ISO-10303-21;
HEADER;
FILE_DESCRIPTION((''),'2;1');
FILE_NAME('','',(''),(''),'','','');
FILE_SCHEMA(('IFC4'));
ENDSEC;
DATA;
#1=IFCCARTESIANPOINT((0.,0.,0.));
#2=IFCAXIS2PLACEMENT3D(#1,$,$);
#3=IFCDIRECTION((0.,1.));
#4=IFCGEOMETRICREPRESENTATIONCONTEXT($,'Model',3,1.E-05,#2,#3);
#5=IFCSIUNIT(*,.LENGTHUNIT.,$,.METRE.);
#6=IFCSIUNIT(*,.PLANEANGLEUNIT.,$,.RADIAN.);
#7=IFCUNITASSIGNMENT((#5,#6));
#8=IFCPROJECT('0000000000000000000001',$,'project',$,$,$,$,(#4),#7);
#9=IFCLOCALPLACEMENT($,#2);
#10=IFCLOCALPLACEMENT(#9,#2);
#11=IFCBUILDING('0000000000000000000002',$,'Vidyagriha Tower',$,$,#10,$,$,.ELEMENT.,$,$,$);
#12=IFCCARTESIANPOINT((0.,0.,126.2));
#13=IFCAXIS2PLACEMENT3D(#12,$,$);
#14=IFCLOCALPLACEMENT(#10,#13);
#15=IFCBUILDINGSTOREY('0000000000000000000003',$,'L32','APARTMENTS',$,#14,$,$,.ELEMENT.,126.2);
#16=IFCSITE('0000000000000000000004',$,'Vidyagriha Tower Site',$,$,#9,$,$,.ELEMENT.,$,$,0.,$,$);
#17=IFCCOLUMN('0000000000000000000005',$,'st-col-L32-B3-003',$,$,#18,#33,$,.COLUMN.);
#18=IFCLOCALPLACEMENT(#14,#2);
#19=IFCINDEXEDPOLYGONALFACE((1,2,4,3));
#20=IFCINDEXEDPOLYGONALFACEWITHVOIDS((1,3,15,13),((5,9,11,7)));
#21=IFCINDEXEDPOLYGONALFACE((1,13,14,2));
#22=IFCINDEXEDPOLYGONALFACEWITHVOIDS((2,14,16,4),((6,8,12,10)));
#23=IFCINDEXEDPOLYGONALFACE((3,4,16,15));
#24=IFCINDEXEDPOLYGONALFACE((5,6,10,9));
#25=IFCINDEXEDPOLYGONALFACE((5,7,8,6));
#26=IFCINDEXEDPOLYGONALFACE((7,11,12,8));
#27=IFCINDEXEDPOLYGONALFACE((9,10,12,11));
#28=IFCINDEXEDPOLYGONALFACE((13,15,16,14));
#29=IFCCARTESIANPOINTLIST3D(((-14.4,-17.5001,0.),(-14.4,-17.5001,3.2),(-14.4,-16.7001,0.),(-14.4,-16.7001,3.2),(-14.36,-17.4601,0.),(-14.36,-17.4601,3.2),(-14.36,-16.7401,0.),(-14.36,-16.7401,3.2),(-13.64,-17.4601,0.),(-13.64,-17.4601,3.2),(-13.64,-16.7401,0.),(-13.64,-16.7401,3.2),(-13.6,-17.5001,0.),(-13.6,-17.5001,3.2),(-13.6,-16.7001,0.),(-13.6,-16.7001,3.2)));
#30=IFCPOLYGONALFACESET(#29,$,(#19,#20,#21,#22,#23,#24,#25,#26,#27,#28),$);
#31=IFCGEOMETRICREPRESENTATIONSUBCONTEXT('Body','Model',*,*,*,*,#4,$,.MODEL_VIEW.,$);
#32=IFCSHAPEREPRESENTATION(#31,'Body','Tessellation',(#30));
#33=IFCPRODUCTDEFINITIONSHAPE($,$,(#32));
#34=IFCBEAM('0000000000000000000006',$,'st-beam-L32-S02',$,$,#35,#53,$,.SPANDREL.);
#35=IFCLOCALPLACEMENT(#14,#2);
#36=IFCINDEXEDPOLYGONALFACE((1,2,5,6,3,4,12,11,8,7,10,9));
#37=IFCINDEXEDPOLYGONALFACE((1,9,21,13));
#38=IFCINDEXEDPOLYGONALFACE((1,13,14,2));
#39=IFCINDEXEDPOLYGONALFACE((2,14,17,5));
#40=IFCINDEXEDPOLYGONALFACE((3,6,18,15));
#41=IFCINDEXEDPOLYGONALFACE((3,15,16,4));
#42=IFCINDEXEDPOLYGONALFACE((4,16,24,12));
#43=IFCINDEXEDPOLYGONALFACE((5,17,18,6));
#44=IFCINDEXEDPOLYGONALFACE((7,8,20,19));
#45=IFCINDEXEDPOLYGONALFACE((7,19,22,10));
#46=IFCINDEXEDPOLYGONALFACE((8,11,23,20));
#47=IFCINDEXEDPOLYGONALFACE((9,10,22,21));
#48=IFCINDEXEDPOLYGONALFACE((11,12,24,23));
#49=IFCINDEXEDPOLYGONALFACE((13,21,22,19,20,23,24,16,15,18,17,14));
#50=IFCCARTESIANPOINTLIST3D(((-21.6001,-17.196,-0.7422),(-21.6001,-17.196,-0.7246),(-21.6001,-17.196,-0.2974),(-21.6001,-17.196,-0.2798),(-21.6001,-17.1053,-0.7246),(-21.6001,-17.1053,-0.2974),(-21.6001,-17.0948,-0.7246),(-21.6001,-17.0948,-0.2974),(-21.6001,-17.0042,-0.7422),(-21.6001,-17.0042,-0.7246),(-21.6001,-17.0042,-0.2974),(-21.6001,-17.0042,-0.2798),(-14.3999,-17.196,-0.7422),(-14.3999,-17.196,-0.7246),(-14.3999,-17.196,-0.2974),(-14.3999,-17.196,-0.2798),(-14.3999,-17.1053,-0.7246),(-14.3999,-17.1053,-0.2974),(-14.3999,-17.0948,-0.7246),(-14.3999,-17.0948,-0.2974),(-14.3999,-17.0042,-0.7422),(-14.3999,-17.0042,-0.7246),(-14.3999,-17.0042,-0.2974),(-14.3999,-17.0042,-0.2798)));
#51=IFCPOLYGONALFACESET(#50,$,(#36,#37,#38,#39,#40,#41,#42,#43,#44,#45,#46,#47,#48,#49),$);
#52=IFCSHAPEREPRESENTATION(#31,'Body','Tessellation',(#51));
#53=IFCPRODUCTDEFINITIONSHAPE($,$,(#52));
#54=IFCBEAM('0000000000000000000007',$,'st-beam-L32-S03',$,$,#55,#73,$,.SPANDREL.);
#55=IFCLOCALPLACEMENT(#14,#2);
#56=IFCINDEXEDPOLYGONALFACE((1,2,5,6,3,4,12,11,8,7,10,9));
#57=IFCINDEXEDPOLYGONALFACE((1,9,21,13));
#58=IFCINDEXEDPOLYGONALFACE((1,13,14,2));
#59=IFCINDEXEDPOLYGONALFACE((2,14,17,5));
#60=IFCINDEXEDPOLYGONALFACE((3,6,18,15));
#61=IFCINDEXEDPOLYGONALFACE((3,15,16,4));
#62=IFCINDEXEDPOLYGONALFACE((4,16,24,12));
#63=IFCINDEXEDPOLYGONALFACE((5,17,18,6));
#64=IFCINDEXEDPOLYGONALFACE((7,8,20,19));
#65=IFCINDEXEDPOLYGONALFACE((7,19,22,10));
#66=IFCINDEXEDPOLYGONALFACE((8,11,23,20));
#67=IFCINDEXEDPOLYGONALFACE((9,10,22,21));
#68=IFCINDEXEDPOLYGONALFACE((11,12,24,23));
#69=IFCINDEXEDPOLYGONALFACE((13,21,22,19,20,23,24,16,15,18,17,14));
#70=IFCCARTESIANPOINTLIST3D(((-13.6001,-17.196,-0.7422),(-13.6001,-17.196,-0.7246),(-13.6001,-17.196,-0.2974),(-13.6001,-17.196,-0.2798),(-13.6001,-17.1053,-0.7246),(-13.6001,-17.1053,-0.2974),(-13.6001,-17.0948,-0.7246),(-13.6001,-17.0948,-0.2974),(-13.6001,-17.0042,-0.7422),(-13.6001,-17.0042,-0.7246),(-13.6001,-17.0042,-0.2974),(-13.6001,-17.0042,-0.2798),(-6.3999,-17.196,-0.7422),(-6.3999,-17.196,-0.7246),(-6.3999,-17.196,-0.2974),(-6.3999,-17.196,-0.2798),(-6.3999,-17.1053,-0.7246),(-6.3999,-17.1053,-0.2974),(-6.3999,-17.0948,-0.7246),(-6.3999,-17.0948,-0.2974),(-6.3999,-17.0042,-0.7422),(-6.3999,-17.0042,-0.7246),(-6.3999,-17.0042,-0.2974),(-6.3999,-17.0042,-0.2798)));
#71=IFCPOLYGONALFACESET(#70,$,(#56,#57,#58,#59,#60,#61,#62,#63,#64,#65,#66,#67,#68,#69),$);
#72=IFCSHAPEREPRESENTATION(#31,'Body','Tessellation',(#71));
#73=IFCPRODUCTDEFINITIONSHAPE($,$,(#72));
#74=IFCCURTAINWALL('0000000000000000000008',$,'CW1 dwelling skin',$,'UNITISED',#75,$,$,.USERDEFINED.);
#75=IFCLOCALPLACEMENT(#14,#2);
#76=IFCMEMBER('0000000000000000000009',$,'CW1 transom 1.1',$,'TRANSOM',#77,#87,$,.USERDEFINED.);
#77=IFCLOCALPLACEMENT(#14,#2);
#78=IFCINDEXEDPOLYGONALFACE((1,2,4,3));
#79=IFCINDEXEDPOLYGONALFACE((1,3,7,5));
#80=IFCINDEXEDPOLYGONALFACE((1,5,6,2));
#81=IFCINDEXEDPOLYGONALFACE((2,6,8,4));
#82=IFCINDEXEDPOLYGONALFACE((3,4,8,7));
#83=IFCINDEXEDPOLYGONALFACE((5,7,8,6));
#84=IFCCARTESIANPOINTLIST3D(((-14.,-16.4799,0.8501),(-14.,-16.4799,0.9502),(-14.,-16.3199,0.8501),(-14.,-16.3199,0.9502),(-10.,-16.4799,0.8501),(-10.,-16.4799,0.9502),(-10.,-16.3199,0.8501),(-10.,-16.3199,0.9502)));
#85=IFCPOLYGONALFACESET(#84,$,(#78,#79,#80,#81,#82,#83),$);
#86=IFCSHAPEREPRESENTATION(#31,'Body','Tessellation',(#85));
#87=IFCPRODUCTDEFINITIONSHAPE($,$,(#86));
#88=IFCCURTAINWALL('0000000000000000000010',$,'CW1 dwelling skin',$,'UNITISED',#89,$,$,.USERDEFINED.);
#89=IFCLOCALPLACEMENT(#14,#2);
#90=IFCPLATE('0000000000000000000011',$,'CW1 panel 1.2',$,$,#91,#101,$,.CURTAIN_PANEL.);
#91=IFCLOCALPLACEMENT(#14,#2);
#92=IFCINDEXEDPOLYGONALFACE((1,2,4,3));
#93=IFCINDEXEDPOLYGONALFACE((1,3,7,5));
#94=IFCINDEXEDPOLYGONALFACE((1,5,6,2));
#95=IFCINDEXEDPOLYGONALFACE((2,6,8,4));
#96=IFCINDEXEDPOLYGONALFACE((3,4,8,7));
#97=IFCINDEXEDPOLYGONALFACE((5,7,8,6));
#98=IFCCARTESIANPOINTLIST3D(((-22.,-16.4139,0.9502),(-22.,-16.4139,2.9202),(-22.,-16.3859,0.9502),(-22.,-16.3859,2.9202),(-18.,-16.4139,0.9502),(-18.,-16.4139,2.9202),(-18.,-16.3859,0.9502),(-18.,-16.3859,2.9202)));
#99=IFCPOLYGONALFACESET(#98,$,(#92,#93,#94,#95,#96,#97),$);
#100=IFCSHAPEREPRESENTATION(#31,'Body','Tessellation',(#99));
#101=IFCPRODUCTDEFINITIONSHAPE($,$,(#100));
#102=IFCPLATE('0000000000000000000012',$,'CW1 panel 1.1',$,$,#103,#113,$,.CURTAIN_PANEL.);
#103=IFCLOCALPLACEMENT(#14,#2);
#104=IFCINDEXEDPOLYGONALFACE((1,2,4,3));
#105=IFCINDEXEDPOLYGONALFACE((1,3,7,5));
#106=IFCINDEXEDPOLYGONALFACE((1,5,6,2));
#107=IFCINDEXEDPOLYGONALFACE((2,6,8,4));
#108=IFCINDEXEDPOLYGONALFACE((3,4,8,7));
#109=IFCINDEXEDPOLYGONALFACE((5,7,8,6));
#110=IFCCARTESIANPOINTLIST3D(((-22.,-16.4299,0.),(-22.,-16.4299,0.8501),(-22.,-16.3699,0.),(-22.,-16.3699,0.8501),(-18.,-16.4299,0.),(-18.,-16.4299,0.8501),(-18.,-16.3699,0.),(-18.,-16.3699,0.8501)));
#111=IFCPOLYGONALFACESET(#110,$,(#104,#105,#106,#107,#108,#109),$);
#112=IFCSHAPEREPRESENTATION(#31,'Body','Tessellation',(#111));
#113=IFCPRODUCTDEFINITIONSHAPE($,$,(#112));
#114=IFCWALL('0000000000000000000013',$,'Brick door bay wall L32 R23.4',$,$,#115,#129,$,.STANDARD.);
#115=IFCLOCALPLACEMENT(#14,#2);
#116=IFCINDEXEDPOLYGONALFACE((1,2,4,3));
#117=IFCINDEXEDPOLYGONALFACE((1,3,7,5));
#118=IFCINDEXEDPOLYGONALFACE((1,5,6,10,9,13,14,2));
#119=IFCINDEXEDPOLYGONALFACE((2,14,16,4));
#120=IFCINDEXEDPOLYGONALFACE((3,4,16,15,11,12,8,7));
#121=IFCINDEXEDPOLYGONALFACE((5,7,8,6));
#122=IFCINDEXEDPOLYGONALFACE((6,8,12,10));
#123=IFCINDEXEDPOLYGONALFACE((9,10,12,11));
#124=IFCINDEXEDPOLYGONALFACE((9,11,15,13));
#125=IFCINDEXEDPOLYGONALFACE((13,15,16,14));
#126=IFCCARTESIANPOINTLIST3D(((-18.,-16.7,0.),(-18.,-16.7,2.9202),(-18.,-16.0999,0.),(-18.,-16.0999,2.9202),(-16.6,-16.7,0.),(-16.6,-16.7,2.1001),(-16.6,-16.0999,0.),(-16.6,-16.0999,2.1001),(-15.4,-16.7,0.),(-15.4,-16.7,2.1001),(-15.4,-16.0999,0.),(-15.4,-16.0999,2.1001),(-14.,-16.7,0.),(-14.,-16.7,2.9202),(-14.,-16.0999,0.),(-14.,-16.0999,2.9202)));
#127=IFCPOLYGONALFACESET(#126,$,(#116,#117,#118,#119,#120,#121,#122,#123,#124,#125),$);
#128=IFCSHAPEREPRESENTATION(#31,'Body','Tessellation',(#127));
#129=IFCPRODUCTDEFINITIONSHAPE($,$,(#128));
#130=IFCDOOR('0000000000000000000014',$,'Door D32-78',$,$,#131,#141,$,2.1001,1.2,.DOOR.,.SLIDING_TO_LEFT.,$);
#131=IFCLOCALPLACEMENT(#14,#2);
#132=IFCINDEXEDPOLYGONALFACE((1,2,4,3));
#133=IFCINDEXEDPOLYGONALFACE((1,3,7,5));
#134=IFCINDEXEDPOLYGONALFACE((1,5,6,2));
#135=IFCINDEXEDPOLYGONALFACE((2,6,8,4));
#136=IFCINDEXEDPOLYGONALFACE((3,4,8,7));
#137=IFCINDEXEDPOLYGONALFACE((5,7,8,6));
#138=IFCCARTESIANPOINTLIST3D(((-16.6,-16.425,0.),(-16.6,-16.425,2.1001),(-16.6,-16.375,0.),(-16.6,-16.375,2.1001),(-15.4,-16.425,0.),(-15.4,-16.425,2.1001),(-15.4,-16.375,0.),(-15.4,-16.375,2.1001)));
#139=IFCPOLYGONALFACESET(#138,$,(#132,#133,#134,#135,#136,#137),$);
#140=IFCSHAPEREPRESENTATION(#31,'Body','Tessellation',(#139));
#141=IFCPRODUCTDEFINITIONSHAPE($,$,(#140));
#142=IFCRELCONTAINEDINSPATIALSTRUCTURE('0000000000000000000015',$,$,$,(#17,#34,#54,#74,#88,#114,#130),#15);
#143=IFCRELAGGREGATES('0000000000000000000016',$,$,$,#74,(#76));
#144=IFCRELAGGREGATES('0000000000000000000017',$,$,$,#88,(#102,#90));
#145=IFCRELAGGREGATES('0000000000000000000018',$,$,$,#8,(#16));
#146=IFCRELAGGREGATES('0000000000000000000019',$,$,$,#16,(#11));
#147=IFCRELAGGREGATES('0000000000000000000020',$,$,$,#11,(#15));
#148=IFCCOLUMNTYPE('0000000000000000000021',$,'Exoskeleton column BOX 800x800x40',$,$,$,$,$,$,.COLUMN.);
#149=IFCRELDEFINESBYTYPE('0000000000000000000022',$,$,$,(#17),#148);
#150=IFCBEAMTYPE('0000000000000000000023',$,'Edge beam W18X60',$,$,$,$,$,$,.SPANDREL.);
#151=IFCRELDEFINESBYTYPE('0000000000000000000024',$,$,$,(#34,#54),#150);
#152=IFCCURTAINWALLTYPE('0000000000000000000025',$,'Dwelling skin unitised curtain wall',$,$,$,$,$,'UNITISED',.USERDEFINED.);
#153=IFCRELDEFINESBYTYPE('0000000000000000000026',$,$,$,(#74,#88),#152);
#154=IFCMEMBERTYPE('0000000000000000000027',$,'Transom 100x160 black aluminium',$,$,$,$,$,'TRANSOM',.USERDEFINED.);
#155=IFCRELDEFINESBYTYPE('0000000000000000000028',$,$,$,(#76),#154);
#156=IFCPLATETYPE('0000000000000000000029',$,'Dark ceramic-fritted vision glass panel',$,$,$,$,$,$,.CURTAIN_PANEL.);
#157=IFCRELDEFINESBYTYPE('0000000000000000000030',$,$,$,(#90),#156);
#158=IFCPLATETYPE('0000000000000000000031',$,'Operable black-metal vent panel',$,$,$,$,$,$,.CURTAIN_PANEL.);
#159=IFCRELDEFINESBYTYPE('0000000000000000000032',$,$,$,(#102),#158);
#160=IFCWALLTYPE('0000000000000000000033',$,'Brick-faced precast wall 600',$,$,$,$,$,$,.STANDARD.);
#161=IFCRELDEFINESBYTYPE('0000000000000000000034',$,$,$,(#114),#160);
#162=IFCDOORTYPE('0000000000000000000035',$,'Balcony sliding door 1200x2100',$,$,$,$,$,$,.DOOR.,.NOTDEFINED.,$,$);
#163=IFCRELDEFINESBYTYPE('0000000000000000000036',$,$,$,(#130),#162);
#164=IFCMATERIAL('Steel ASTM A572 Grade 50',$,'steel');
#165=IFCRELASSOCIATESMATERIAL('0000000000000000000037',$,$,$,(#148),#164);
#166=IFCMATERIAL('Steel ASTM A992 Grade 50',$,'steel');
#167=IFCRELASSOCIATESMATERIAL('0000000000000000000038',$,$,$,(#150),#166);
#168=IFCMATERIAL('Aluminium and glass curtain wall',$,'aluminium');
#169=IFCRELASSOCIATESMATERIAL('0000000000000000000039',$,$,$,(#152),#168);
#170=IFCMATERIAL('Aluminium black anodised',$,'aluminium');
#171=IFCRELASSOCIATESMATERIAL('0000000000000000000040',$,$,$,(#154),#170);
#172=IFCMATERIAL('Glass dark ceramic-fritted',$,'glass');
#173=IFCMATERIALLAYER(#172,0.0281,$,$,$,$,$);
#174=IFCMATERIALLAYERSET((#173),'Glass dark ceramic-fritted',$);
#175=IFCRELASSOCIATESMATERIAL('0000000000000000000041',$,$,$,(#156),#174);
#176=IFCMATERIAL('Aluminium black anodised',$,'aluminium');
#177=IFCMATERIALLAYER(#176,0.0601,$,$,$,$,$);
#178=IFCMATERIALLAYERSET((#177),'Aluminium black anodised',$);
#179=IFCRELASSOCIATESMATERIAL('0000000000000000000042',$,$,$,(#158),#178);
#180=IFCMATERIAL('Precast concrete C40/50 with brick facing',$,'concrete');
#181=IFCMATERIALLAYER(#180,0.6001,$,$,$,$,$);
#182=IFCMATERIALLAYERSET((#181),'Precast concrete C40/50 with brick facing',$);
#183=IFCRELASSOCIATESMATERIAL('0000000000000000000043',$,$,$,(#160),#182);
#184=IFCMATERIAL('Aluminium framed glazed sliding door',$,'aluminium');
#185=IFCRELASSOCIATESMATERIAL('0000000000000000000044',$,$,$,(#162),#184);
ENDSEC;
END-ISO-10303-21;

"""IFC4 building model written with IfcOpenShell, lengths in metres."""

from ifc_helpers import new_model, si_unit, direction, frame, frame_2d, origin, origin_2d, place, context, subcontext, project, spatial, rectangle, hollow_rectangle, i_section, extrude, material, layer, layer_set, material_profile, profile_set, type_object, element, fill, aggregate, save


model = new_model("IFC4")

# Units and contexts
model_context = context("Model", 3, precision=1e-05, world=origin(), true_north=direction((0.0, 1.0)))
body_context = subcontext(model_context, "Body", "Model", "MODEL_VIEW")
ifc_project = project(units=[si_unit("LENGTHUNIT", "METRE"), si_unit("PLANEANGLEUNIT", "RADIAN")], contexts=[model_context])

# Site, building, storey
site_placement = place(None, origin())
site = spatial("IfcSite", under=ifc_project, at=site_placement, Name="Vidyagriha Tower Site", CompositionType="ELEMENT", RefElevation=0.0)
building_placement = place(site_placement, origin())
building = spatial("IfcBuilding", under=site, at=building_placement, Name="Vidyagriha Tower", CompositionType="ELEMENT")
storey_placement = place(building_placement, frame((0.0, 0.0, 126.2)))
storey = spatial("IfcBuildingStorey", under=building, at=storey_placement, Name="L32", Description="APARTMENTS", CompositionType="ELEMENT", Elevation=126.2)

# Column
ifc_material_1 = material(Name="Steel ASTM A572 Grade 50", Category="steel")
ifc_material_profile_1 = material_profile(ifc_material_1, hollow_rectangle(XDim=0.8, YDim=0.8, WallThickness=0.04, at=origin_2d()), Name="BOX 800x800x40")
ifc_profile_set_1 = profile_set([ifc_material_profile_1], Name="Steel ASTM A572 Grade 50")
column_type = type_object("IfcColumnType", Name="Exoskeleton column BOX 800x800x40", PredefinedType="COLUMN", material=ifc_profile_set_1)
column_placement = place(storey_placement, frame((-14.0, -17.1001, 0.0)))
element("IfcColumn", 1, at=column_placement, inside=storey, type_object=column_type, Name="st-col-L32-B3-003", PredefinedType="COLUMN", context=body_context, shape_type="SweptSolid", body=[
    extrude(hollow_rectangle(XDim=0.8, YDim=0.8, WallThickness=0.04, at=origin_2d()), origin(), (0.0, 0.0, 1.0), 3.2),
])

# Beams
ifc_material_2 = material(Name="Steel ASTM A992 Grade 50", Category="steel")
ifc_material_profile_2 = material_profile(ifc_material_2, i_section(OverallWidth=0.1919, OverallDepth=0.4624, WebThickness=0.0105, FlangeThickness=0.0176, at=origin_2d()), Name="W18X60")
ifc_profile_set_2 = profile_set([ifc_material_profile_2], Name="Steel ASTM A992 Grade 50")
beam_type = type_object("IfcBeamType", Name="Edge beam W18X60", PredefinedType="SPANDREL", material=ifc_profile_set_2)
for number, where, z_axis, x_axis, name in (
    (2, (-21.6001, -17.1001, -0.511), (1.0, 0.0, 0.0), (0.0, 1.0, 0.0), "st-beam-L32-S02"),
    (3, (-13.6001, -17.1001, -0.511), (1.0, 0.0, 0.0), (0.0, 1.0, 0.0), "st-beam-L32-S03"),
):
    element("IfcBeam", number, at=place(storey_placement, frame(where, z_axis=z_axis, x_axis=x_axis)), inside=storey, type_object=beam_type, Name=name, PredefinedType="SPANDREL", context=body_context, shape_type="SweptSolid", body=[
        extrude(i_section(OverallWidth=0.1919, OverallDepth=0.4624, WebThickness=0.0105, FlangeThickness=0.0176, at=origin_2d()), origin(), (0.0, 0.0, 1.0), 7.2002),
    ])

# Curtain wall, member
ifc_material_3 = material(Name="Aluminium and glass curtain wall", Category="aluminium")
curtain_wall_type = type_object("IfcCurtainWallType", Name="Dwelling skin unitised curtain wall", ElementType="UNITISED", PredefinedType="USERDEFINED", material=ifc_material_3)
curtain_wall_1_placement = place(storey_placement, origin())
curtain_wall_1 = element("IfcCurtainWall", 4, at=curtain_wall_1_placement, inside=storey, type_object=curtain_wall_type, Name="CW1 dwelling skin", ObjectType="UNITISED", PredefinedType="USERDEFINED")
ifc_material_4 = material(Name="Aluminium black anodised", Category="aluminium")
ifc_material_profile_3 = material_profile(ifc_material_4, rectangle(XDim=0.1599, YDim=0.1001, at=origin_2d()), Name="Transom 100x160 black aluminium")
ifc_profile_set_3 = profile_set([ifc_material_profile_3], Name="Aluminium black anodised")
member_type = type_object("IfcMemberType", Name="Transom 100x160 black aluminium", ElementType="TRANSOM", PredefinedType="USERDEFINED", material=ifc_profile_set_3)
member_placement = place(storey_placement, frame((-14.0, -16.3999, 0.9001), z_axis=(1.0, 0.0, 0.0), x_axis=(0.0, 1.0, 0.0)))
member = element("IfcMember", 5, at=member_placement, type_object=member_type, Name="CW1 transom 1.1", ObjectType="TRANSOM", PredefinedType="USERDEFINED", context=body_context, shape_type="SweptSolid", body=[
    extrude(rectangle(XDim=0.1599, YDim=0.1001, at=origin_2d()), origin(), (0.0, 0.0, 1.0), 4.0),
])
aggregate(curtain_wall_1, [member])

# Curtain wall, plates
curtain_wall_2_placement = place(storey_placement, origin())
curtain_wall_2 = element("IfcCurtainWall", 6, at=curtain_wall_2_placement, inside=storey, type_object=curtain_wall_type, Name="CW1 dwelling skin", ObjectType="UNITISED", PredefinedType="USERDEFINED")
ifc_material_5 = material(Name="Glass dark ceramic-fritted", Category="glass")
ifc_layer_1 = layer(ifc_material_5, 0.0281)
ifc_layer_set_1 = layer_set([ifc_layer_1], Name="Glass dark ceramic-fritted")
plate_type_1 = type_object("IfcPlateType", Name="Dark ceramic-fritted vision glass panel", PredefinedType="CURTAIN_PANEL", material=ifc_layer_set_1)
plate_1_placement = place(storey_placement, frame((-20.0, -16.3999, 0.9502)))
plate_1 = element("IfcPlate", 7, at=plate_1_placement, type_object=plate_type_1, Name="CW1 panel 1.2", PredefinedType="CURTAIN_PANEL", context=body_context, shape_type="SweptSolid", body=[
    extrude(rectangle(XDim=4.0, YDim=0.0281, at=origin_2d()), origin(), (0.0, 0.0, 1.0), 1.97),
])
ifc_material_6 = material(Name="Aluminium black anodised", Category="aluminium")
ifc_layer_2 = layer(ifc_material_6, 0.0601)
ifc_layer_set_2 = layer_set([ifc_layer_2], Name="Aluminium black anodised")
plate_type_2 = type_object("IfcPlateType", Name="Operable black-metal vent panel", PredefinedType="CURTAIN_PANEL", material=ifc_layer_set_2)
plate_2_placement = place(storey_placement, frame((-20.0, -16.3999, 0.0)))
plate_2 = element("IfcPlate", 8, at=plate_2_placement, type_object=plate_type_2, Name="CW1 panel 1.1", PredefinedType="CURTAIN_PANEL", context=body_context, shape_type="SweptSolid", body=[
    extrude(rectangle(XDim=4.0, YDim=0.0601, at=origin_2d()), origin(), (0.0, 0.0, 1.0), 0.8501),
])
aggregate(curtain_wall_2, [plate_2, plate_1])

# Wall, opening, door
ifc_material_7 = material(Name="Precast concrete C40/50 with brick facing", Category="concrete")
ifc_layer_3 = layer(ifc_material_7, 0.6001)
ifc_layer_set_3 = layer_set([ifc_layer_3], Name="Precast concrete C40/50 with brick facing")
wall_type = type_object("IfcWallType", Name="Brick-faced precast wall 600", PredefinedType="STANDARD", material=ifc_layer_set_3)
wall_placement = place(storey_placement, frame((-18.0, -16.3999, 0.0)))
wall = element("IfcWall", 9, at=wall_placement, inside=storey, type_object=wall_type, Name="Brick door bay wall L32 R23.4", PredefinedType="STANDARD", context=body_context, shape_type="SweptSolid", body=[
    extrude(rectangle(XDim=4.0, YDim=0.6001, at=frame_2d((2.0, 0.0))), origin(), (0.0, 0.0, 1.0), 2.9202),
])
opening_placement = place(wall_placement, frame((1.3999, 0.0, 0.0)))
opening = element("IfcOpeningElement", 10, at=opening_placement, cuts=wall, PredefinedType="OPENING", context=body_context, shape_type="SweptSolid", body=[
    extrude(rectangle(XDim=1.2, YDim=2.1001, at=frame_2d((0.6001, 1.05))), frame((0.0, 0.3101, 0.0), z_axis=(0.0, -1.0, 0.0), x_axis=(1.0, 0.0, 0.0)), (0.0, 0.0, 1.0), 0.6201),
])
ifc_material_8 = material(Name="Aluminium framed glazed sliding door", Category="aluminium")
door_type = type_object("IfcDoorType", Name="Balcony sliding door 1200x2100", OperationType="NOTDEFINED", PredefinedType="DOOR", material=ifc_material_8)
door_placement = place(opening_placement, origin())
door = element("IfcDoor", 11, at=door_placement, inside=storey, type_object=door_type, Name="Door D32-78", OperationType="SLIDING_TO_LEFT", OverallHeight=2.1001, OverallWidth=1.2, PredefinedType="DOOR", context=body_context, shape_type="SweptSolid", body=[
    extrude(rectangle(XDim=1.2, YDim=2.1001, at=frame_2d((0.6001, 1.05))), frame((0.0, 0.0249, 0.0), z_axis=(0.0, -1.0, 0.0), x_axis=(1.0, 0.0, 0.0)), (0.0, 0.0, 1.0), 0.05),
])
fill(opening, door)

save(model, "model.ifc")
